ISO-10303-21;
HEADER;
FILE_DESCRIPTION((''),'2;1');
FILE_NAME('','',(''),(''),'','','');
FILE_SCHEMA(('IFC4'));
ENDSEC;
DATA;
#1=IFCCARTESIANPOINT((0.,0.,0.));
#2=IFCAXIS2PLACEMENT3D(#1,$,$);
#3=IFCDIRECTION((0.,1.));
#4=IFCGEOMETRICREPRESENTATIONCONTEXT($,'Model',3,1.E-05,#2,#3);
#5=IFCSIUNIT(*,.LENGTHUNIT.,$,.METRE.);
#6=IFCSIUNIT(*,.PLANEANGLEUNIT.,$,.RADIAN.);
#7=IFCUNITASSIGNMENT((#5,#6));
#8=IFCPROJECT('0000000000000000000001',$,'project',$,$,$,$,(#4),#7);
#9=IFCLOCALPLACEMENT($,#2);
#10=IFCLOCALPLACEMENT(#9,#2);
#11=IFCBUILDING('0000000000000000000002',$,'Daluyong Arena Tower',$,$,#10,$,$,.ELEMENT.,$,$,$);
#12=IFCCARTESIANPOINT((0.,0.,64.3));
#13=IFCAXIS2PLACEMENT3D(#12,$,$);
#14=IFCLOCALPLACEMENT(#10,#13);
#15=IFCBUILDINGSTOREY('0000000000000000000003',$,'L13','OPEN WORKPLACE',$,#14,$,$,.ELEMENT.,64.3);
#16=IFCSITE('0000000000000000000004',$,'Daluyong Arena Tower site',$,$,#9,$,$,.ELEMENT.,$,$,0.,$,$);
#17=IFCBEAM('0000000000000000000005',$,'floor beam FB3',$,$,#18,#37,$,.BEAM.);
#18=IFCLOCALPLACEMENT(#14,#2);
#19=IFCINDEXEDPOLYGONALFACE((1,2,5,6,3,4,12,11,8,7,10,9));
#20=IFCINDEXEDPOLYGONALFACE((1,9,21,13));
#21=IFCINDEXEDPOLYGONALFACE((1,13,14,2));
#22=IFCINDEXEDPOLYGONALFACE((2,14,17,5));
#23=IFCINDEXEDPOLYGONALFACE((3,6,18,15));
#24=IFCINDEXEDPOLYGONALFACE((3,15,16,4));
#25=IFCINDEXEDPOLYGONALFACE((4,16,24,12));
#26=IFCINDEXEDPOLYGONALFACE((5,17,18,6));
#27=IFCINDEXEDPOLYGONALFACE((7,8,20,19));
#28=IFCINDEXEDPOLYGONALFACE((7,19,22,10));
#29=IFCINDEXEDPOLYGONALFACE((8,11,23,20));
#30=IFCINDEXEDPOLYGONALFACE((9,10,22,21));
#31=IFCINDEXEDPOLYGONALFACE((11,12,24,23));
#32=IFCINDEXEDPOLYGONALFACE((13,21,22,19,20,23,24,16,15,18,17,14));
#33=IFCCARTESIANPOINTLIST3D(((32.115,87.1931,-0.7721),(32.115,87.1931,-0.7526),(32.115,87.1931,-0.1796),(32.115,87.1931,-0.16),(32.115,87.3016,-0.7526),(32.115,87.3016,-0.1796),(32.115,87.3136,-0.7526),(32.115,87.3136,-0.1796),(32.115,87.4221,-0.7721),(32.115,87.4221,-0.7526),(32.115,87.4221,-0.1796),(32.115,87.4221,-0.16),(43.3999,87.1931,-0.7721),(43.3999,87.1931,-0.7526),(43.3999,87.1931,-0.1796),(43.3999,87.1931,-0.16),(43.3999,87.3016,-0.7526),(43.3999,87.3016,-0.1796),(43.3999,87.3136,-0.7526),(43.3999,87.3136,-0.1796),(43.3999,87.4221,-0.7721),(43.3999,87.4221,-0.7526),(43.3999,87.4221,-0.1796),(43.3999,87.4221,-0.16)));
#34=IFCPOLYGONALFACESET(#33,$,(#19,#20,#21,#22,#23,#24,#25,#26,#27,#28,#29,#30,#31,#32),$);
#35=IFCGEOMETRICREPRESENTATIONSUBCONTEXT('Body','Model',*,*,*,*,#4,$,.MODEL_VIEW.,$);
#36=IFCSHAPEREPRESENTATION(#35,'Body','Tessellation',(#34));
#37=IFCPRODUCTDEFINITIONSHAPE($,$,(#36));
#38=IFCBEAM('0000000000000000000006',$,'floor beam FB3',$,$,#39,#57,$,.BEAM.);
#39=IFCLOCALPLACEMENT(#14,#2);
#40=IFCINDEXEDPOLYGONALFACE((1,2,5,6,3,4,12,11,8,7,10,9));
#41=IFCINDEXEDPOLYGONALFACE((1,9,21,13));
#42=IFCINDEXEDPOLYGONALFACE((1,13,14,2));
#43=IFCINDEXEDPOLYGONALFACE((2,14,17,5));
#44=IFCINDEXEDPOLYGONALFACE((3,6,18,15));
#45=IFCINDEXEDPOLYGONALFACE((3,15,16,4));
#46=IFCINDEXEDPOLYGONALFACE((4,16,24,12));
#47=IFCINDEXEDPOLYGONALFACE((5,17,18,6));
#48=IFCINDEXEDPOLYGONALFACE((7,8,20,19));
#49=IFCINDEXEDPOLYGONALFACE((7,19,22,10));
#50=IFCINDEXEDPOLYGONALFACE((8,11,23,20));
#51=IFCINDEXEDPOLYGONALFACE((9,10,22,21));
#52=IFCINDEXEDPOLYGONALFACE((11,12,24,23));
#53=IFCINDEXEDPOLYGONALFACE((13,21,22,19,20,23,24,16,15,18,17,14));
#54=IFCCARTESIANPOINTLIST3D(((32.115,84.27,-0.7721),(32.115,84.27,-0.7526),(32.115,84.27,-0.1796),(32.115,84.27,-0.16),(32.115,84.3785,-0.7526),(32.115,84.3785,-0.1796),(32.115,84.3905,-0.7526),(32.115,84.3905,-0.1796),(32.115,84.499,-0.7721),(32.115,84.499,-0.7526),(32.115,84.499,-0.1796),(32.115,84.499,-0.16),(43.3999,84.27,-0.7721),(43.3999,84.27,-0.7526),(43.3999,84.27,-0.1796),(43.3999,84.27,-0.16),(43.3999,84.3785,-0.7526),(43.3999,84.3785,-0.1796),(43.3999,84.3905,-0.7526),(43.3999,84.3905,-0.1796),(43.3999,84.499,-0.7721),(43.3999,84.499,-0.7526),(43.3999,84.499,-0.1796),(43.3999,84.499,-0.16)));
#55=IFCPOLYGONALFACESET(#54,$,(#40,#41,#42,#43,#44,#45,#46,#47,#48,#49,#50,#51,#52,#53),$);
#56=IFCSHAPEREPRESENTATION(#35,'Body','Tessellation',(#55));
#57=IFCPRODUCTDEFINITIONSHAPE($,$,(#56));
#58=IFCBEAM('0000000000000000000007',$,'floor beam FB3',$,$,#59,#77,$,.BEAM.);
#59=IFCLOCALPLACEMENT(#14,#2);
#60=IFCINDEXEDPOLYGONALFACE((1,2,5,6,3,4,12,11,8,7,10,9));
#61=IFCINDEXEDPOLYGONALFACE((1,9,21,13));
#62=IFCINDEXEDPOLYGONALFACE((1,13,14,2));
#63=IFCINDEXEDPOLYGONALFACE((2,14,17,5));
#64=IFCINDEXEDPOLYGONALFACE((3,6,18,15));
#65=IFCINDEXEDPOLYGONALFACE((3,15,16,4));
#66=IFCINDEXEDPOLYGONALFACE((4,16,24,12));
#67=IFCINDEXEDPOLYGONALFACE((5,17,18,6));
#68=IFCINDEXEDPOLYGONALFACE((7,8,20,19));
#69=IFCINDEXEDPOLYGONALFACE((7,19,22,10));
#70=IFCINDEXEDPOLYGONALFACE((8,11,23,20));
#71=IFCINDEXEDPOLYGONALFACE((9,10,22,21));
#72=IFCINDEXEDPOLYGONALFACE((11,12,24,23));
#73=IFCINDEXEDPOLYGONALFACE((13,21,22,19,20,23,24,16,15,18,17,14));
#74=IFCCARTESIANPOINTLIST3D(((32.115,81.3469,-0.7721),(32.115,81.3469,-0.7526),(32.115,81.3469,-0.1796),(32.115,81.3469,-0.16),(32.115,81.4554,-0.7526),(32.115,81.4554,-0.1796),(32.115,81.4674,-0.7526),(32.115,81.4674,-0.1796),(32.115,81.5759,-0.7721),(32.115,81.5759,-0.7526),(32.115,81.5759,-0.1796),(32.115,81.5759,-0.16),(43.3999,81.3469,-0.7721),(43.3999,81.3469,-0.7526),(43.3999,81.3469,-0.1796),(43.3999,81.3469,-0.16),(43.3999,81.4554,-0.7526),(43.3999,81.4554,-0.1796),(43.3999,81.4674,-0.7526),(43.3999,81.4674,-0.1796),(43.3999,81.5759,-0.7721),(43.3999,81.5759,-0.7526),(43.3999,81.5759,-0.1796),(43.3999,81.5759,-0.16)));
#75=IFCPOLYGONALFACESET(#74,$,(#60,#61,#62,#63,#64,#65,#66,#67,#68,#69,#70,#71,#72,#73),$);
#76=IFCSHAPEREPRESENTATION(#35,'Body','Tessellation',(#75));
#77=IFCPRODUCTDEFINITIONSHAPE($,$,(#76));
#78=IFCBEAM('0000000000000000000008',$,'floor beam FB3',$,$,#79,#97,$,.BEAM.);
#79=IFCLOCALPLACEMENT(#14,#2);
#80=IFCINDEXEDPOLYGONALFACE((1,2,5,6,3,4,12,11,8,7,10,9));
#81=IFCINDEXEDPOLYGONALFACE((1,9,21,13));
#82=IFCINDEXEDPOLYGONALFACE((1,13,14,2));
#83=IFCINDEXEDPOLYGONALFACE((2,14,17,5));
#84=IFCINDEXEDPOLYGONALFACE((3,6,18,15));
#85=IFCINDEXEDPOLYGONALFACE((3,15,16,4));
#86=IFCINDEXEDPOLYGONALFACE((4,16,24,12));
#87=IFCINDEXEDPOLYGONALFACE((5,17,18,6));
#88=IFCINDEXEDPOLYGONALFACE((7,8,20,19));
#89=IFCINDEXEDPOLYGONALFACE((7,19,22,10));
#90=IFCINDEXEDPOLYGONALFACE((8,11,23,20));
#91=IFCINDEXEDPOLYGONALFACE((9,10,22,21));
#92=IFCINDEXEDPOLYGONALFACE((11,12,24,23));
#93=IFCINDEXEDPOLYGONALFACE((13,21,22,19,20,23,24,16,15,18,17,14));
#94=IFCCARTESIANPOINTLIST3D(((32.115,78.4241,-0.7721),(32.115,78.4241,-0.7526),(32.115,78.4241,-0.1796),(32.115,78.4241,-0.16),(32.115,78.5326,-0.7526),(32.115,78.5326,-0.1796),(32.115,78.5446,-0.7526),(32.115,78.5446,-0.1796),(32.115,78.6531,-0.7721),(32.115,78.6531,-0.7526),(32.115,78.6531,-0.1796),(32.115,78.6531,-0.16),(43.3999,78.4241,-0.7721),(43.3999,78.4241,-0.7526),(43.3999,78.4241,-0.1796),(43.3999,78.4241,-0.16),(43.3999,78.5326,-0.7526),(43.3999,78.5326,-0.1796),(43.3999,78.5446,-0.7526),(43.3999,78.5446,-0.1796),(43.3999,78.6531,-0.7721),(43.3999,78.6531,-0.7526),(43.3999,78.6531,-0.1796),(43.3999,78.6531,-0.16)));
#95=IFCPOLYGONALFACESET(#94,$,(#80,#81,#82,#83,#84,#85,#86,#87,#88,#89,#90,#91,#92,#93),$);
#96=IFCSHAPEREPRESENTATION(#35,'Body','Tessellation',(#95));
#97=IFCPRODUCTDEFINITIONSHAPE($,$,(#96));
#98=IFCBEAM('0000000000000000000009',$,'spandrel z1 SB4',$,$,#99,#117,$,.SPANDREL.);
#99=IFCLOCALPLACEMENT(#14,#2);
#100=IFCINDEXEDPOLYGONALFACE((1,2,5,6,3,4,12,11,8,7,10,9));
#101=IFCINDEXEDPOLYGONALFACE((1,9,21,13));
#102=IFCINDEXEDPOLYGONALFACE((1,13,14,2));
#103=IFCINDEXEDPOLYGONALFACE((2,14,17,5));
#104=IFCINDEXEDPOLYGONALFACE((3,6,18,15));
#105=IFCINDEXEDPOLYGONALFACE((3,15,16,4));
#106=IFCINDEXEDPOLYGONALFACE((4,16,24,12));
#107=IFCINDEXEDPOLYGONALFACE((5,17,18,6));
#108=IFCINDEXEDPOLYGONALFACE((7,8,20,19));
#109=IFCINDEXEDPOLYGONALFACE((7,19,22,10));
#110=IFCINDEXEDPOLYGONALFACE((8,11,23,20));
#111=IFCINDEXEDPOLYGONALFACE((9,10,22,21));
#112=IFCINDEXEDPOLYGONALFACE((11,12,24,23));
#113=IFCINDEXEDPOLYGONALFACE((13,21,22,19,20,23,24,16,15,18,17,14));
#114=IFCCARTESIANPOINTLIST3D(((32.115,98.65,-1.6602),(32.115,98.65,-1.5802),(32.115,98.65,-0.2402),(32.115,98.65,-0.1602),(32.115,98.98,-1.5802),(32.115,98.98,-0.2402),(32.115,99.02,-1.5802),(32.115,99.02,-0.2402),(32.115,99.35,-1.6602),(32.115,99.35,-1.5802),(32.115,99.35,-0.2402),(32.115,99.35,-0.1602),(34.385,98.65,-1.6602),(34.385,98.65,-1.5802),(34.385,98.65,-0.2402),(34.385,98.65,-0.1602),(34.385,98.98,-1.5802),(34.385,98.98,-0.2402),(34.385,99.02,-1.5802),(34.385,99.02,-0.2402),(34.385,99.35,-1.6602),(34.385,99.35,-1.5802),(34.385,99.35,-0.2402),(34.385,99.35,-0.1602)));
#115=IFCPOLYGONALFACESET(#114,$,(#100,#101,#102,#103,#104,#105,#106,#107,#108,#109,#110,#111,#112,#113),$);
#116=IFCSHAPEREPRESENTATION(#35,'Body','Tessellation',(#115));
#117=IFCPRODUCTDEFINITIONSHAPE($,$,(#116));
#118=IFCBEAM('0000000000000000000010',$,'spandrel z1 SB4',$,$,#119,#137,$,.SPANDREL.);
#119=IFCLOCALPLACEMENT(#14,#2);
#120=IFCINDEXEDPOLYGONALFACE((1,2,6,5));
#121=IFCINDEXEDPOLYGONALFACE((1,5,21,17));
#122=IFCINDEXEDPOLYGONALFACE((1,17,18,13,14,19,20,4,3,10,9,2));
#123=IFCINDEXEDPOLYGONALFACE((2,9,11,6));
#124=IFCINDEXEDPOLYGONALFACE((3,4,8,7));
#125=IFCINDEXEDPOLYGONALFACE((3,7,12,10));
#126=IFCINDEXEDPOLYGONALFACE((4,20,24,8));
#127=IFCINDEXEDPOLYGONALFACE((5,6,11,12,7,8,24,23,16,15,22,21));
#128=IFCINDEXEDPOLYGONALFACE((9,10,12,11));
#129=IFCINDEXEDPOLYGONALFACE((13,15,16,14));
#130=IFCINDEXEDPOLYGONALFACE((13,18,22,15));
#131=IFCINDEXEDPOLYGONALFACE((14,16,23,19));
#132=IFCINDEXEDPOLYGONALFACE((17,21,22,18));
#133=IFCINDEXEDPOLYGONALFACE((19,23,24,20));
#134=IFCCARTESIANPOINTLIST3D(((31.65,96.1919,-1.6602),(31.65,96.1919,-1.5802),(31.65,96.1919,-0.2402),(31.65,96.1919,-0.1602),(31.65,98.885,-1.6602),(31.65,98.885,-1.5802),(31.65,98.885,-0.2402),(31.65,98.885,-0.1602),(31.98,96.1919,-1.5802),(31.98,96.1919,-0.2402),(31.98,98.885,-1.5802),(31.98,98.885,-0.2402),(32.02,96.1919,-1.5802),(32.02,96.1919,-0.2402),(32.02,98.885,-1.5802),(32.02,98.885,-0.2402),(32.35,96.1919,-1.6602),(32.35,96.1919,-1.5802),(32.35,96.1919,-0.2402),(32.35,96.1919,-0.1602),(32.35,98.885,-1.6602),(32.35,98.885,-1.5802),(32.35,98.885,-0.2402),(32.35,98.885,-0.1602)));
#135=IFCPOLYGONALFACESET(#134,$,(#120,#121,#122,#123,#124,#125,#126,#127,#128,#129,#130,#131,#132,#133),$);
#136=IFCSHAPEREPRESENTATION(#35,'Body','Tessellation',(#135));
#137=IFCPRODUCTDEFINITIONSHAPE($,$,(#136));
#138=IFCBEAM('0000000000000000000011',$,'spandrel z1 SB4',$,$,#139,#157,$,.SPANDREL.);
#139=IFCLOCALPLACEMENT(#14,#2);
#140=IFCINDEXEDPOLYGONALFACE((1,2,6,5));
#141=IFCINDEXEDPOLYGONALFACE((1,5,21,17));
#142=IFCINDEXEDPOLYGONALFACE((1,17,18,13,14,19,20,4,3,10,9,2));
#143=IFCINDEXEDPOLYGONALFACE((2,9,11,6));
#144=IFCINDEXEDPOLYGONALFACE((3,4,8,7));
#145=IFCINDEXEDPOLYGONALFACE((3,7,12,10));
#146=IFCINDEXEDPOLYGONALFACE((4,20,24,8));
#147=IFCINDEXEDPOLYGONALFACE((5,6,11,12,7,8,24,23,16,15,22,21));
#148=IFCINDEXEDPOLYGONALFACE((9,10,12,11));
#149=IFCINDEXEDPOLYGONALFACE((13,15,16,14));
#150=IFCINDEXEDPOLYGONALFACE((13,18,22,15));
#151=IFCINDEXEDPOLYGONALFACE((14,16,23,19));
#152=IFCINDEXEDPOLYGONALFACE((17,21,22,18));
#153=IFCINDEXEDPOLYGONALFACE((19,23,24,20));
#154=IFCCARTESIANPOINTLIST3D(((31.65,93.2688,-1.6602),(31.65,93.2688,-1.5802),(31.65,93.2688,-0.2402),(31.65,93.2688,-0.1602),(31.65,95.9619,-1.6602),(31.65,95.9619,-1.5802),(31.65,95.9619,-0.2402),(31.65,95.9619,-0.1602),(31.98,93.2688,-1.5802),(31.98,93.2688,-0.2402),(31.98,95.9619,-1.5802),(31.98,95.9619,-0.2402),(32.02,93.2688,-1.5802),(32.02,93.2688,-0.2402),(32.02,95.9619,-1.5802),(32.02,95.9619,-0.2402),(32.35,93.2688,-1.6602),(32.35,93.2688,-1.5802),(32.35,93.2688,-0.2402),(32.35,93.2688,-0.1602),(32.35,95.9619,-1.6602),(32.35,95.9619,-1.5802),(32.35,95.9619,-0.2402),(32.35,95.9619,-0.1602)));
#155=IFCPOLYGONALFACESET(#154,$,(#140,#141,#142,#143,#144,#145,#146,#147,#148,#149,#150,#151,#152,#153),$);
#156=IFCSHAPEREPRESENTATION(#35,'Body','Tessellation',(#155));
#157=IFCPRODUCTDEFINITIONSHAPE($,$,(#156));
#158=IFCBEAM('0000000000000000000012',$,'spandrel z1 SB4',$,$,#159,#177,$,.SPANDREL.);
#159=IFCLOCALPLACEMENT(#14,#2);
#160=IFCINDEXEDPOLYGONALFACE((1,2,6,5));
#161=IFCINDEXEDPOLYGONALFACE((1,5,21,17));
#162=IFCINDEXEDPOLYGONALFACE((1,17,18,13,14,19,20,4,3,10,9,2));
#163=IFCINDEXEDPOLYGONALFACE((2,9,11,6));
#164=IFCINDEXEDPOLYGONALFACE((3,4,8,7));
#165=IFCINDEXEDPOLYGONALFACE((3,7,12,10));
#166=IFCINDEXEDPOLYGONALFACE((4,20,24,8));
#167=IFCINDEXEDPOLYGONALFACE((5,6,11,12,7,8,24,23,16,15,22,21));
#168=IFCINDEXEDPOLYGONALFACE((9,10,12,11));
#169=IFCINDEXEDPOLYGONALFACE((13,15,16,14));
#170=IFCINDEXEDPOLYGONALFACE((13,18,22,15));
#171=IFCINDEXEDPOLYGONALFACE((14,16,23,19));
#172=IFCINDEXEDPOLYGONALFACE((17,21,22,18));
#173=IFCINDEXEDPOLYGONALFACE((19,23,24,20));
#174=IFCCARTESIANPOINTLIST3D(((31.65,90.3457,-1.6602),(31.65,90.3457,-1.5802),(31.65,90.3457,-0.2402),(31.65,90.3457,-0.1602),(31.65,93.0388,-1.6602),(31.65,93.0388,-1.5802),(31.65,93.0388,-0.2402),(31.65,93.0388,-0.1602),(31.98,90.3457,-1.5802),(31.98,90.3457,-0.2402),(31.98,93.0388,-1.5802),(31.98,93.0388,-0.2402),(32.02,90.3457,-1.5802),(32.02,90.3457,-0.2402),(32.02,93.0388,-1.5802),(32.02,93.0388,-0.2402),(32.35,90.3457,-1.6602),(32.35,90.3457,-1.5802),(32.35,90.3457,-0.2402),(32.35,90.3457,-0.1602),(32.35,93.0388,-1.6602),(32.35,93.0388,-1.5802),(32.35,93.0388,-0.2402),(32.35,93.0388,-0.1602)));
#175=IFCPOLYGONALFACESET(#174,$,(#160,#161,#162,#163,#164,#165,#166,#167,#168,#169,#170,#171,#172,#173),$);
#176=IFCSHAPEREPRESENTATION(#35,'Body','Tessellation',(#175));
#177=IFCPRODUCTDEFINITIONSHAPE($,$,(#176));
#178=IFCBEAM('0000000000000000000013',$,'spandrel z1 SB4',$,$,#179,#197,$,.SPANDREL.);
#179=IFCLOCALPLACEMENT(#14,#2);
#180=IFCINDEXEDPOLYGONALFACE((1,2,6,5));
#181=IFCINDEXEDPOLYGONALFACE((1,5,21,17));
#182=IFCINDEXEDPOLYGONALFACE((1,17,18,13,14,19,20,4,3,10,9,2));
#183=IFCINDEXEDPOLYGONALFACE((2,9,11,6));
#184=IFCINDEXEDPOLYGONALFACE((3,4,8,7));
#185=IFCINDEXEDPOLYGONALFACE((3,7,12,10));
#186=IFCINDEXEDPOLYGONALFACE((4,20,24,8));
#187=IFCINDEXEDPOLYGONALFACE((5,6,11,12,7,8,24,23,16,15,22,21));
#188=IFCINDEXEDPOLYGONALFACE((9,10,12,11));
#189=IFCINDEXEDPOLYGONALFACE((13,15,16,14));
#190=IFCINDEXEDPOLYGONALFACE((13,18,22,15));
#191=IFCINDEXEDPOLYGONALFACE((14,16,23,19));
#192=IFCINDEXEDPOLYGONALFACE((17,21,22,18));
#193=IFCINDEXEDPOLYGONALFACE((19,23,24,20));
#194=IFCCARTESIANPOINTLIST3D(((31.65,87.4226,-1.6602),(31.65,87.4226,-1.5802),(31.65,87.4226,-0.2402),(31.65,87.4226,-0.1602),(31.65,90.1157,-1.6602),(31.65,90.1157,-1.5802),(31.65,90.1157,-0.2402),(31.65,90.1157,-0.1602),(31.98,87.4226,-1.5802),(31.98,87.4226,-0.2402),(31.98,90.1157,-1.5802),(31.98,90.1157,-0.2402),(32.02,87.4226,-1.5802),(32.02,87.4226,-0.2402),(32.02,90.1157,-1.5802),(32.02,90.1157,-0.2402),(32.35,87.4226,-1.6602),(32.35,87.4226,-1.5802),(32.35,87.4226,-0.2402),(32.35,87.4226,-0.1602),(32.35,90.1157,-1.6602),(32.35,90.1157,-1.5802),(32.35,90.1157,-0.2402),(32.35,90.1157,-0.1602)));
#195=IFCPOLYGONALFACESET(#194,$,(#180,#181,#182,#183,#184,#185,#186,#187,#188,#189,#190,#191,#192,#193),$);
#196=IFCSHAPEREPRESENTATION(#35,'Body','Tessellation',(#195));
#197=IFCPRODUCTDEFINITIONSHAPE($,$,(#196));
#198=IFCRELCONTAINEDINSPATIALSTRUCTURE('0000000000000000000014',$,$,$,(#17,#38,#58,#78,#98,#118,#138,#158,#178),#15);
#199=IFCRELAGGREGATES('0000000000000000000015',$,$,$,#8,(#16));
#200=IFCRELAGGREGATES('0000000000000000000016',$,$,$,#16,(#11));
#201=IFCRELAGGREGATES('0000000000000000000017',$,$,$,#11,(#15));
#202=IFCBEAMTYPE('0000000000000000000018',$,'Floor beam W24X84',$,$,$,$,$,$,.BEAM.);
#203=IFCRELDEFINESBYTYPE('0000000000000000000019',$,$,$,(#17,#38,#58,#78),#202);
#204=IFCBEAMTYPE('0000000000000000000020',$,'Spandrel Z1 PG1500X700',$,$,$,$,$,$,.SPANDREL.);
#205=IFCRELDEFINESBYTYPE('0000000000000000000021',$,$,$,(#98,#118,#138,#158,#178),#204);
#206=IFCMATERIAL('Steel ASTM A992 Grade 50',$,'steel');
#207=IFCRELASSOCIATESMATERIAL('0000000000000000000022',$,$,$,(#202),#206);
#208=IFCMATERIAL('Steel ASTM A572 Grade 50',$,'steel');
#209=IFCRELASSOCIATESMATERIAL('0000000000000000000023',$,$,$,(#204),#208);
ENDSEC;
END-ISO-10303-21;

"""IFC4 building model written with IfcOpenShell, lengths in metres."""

from ifc_helpers import new_model, si_unit, direction, frame, origin, origin_2d, place, context, subcontext, project, spatial, i_section, extrude, material, material_profile, profile_set, type_object, element, save


model = new_model("IFC4")

# Units and contexts
model_context = context("Model", 3, precision=1e-05, world=origin(), true_north=direction((0.0, 1.0)))
body_context = subcontext(model_context, "Body", "Model", "MODEL_VIEW")
ifc_project = project(units=[si_unit("LENGTHUNIT", "METRE"), si_unit("PLANEANGLEUNIT", "RADIAN")], contexts=[model_context])

# Site, building, storey
site_placement = place(None, origin())
site = spatial("IfcSite", under=ifc_project, at=site_placement, Name="Daluyong Arena Tower site", CompositionType="ELEMENT", RefElevation=0.0)
building_placement = place(site_placement, origin())
building = spatial("IfcBuilding", under=site, at=building_placement, Name="Daluyong Arena Tower", CompositionType="ELEMENT")
storey_placement = place(building_placement, frame((0.0, 0.0, 64.3)))
storey = spatial("IfcBuildingStorey", under=building, at=storey_placement, Name="L13", Description="OPEN WORKPLACE", CompositionType="ELEMENT", Elevation=64.3)

# Beams
ifc_material_1 = material(Name="Steel ASTM A992 Grade 50", Category="steel")
ifc_material_profile_1 = material_profile(ifc_material_1, i_section(OverallWidth=0.229, OverallDepth=0.6121, WebThickness=0.012, FlangeThickness=0.0195, at=origin_2d()))
ifc_profile_set_1 = profile_set([ifc_material_profile_1], Name="Steel ASTM A992 Grade 50")
beam_type_1 = type_object("IfcBeamType", Name="Floor beam W24X84", PredefinedType="BEAM", material=ifc_profile_set_1)
for number, where, z_axis, x_axis, name in (
    (1, (32.115, 87.3076, -0.4661), (1.0, 0.0, 0.0), (0.0, 1.0, 0.0), "floor beam FB3"),
    (2, (32.115, 84.3845, -0.4661), (1.0, 0.0, 0.0), (0.0, 1.0, 0.0), "floor beam FB3"),
    (3, (32.115, 81.4614, -0.4661), (1.0, 0.0, 0.0), (0.0, 1.0, 0.0), "floor beam FB3"),
    (4, (32.115, 78.5386, -0.4661), (1.0, 0.0, 0.0), (0.0, 1.0, 0.0), "floor beam FB3"),
):
    element("IfcBeam", number, at=place(storey_placement, frame(where, z_axis=z_axis, x_axis=x_axis)), inside=storey, type_object=beam_type_1, Name=name, PredefinedType="BEAM", context=body_context, shape_type="SweptSolid", body=[
        extrude(i_section(OverallWidth=0.229, OverallDepth=0.6121, WebThickness=0.012, FlangeThickness=0.0195, at=origin_2d()), origin(), (0.0, 0.0, 1.0), 11.2849),
    ])
ifc_material_2 = material(Name="Steel ASTM A572 Grade 50", Category="steel")
ifc_material_profile_2 = material_profile(ifc_material_2, i_section(OverallWidth=0.7, OverallDepth=1.5, WebThickness=0.04, FlangeThickness=0.08, at=origin_2d()))
ifc_profile_set_2 = profile_set([ifc_material_profile_2], Name="Steel ASTM A572 Grade 50")
beam_type_2 = type_object("IfcBeamType", Name="Spandrel Z1 PG1500X700", PredefinedType="SPANDREL", material=ifc_profile_set_2)
beam_1_placement = place(storey_placement, frame((34.385, 99.0, -0.9102), z_axis=(-1.0, 0.0, 0.0), x_axis=(0.0, -1.0, 0.0)))
element("IfcBeam", 5, at=beam_1_placement, inside=storey, type_object=beam_type_2, Name="spandrel z1 SB4", PredefinedType="SPANDREL", context=body_context, shape_type="SweptSolid", body=[
    extrude(i_section(OverallWidth=0.7, OverallDepth=1.5, WebThickness=0.04, FlangeThickness=0.08, at=origin_2d()), origin(), (0.0, 0.0, 1.0), 2.27),
])
for number, where, z_axis, x_axis, name in (
    (6, (32.0, 98.885, -0.9102), (0.0, -1.0, 0.0), (1.0, 0.0, 0.0), "spandrel z1 SB4"),
    (7, (32.0, 95.9619, -0.9102), (0.0, -1.0, 0.0), (1.0, 0.0, 0.0), "spandrel z1 SB4"),
    (8, (32.0, 93.0388, -0.9102), (0.0, -1.0, 0.0), (1.0, 0.0, 0.0), "spandrel z1 SB4"),
    (9, (32.0, 90.1157, -0.9102), (0.0, -1.0, 0.0), (1.0, 0.0, 0.0), "spandrel z1 SB4"),
):
    element("IfcBeam", number, at=place(storey_placement, frame(where, z_axis=z_axis, x_axis=x_axis)), inside=storey, type_object=beam_type_2, Name=name, PredefinedType="SPANDREL", context=body_context, shape_type="SweptSolid", body=[
        extrude(i_section(OverallWidth=0.7, OverallDepth=1.5, WebThickness=0.04, FlangeThickness=0.08, at=origin_2d()), origin(), (0.0, 0.0, 1.0), 2.6931),
    ])

save(model, "model.ifc")
